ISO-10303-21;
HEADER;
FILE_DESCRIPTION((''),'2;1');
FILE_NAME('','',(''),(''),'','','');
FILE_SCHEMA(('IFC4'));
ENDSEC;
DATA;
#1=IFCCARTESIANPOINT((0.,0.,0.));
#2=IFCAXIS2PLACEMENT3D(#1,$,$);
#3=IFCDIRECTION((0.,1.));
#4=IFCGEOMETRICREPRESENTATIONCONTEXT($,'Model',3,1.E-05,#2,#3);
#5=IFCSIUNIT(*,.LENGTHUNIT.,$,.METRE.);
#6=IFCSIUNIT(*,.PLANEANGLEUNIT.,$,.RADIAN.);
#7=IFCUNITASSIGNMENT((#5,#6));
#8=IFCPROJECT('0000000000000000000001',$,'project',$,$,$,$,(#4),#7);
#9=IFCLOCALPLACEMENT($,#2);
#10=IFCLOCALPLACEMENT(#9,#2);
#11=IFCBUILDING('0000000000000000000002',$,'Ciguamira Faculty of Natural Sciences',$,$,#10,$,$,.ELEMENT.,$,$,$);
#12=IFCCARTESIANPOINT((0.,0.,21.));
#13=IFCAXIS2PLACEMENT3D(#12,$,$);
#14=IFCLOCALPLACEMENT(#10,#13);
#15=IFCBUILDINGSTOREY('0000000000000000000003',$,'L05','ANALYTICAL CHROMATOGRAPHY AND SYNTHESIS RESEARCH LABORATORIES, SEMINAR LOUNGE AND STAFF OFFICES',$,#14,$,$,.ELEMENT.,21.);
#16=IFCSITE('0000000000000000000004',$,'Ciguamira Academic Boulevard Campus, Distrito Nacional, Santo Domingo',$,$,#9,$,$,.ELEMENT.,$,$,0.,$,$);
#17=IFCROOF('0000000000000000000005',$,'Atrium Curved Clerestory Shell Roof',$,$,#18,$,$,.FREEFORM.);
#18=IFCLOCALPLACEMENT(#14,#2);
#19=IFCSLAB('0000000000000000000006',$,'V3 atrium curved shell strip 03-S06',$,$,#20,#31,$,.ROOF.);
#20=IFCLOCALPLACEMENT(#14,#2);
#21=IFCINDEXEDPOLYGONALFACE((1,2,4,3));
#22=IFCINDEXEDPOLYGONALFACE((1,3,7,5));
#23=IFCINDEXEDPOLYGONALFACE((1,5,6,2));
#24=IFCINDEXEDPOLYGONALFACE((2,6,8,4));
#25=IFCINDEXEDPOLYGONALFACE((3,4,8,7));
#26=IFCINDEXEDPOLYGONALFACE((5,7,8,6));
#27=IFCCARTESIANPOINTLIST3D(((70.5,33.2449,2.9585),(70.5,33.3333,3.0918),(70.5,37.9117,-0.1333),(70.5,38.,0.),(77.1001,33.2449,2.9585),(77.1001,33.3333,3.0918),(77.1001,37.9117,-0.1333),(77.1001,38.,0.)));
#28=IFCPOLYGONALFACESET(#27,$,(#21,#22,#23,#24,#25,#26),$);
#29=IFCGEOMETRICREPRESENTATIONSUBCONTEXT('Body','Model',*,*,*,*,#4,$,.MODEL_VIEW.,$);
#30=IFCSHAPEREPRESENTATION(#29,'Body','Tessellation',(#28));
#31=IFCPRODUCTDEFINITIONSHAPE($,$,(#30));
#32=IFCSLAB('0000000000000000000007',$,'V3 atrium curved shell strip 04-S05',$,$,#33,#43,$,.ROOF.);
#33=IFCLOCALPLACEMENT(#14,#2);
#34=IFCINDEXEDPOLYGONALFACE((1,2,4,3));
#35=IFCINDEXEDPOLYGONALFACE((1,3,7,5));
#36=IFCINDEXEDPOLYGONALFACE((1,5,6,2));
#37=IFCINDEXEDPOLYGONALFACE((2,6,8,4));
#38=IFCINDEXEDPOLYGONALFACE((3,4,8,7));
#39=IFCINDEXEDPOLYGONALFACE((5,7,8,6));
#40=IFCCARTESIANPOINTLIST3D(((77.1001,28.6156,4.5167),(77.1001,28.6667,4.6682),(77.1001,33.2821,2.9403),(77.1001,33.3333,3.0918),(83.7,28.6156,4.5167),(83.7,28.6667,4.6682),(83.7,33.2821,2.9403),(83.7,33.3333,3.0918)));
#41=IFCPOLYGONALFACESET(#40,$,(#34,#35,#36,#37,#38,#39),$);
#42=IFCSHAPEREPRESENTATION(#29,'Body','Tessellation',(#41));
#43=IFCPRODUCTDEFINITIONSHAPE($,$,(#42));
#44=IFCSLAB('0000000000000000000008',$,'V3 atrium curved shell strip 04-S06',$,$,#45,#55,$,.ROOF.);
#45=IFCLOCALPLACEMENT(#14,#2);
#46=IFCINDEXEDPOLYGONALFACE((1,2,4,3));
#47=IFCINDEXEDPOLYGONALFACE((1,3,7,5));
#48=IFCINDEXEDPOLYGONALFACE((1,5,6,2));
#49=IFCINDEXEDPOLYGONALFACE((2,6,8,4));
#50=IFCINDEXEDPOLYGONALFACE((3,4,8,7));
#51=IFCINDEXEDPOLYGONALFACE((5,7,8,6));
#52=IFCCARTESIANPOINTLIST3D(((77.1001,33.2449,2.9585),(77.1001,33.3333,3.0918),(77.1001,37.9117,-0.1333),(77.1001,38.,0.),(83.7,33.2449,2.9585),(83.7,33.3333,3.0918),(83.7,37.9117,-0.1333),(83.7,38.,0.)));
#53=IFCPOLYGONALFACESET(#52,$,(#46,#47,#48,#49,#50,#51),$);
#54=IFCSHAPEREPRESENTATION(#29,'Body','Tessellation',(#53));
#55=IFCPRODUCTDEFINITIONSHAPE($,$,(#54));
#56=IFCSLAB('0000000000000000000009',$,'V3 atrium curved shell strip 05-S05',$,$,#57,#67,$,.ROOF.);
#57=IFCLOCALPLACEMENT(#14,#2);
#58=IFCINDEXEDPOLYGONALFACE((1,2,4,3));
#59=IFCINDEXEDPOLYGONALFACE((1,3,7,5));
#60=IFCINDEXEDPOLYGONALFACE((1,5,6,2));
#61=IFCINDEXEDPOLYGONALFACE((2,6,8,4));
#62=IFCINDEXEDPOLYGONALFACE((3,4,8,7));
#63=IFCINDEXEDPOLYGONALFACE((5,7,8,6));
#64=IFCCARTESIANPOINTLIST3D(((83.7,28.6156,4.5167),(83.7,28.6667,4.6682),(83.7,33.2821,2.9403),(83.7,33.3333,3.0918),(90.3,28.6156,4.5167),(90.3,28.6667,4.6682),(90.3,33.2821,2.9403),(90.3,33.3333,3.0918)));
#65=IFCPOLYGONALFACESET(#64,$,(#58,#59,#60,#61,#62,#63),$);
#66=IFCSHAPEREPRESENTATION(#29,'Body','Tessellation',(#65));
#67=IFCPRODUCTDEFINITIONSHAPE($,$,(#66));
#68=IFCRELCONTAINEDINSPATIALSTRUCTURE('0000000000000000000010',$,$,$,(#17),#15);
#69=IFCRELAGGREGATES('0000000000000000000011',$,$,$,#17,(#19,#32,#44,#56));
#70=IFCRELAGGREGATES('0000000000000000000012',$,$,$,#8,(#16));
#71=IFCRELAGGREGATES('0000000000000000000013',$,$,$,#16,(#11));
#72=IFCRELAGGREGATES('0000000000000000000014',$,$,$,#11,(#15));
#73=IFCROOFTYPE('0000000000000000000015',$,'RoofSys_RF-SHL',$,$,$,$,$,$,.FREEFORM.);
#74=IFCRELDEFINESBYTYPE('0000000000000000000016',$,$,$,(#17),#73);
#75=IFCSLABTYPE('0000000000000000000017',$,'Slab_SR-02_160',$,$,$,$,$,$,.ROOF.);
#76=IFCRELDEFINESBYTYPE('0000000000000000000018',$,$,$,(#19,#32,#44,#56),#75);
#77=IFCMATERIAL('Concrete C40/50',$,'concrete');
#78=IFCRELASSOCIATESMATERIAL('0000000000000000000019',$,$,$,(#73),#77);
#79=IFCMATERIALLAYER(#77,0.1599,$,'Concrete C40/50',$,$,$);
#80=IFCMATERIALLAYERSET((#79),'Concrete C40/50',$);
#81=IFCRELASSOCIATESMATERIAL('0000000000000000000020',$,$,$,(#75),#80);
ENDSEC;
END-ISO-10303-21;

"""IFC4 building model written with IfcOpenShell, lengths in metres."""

from ifc_helpers import new_model, si_unit, direction, frame, origin, place, context, subcontext, project, spatial, polyline, outline, extrude, material, layer, layer_set, type_object, element, aggregate, save


model = new_model("IFC4")

# Units and contexts
model_context = context("Model", 3, precision=1e-05, world=origin(), true_north=direction((0.0, 1.0)))
body_context = subcontext(model_context, "Body", "Model", "MODEL_VIEW")
ifc_project = project(units=[si_unit("LENGTHUNIT", "METRE"), si_unit("PLANEANGLEUNIT", "RADIAN")], contexts=[model_context])

# Site, building, storey
site_placement = place(None, origin())
site = spatial("IfcSite", under=ifc_project, at=site_placement, Name="Ciguamira Academic Boulevard Campus, Distrito Nacional, Santo Domingo", CompositionType="ELEMENT", RefElevation=0.0)
building_placement = place(site_placement, origin())
building = spatial("IfcBuilding", under=site, at=building_placement, Name="Ciguamira Faculty of Natural Sciences", CompositionType="ELEMENT")
storey_placement = place(building_placement, frame((0.0, 0.0, 21.0)))
storey = spatial("IfcBuildingStorey", under=building, at=storey_placement, Name="L05", Description="ANALYTICAL CHROMATOGRAPHY AND SYNTHESIS RESEARCH LABORATORIES, SEMINAR LOUNGE AND STAFF OFFICES", CompositionType="ELEMENT", Elevation=21.0)

# Roof, slabs
ifc_material_1 = material(Name="Concrete C40/50", Category="concrete")
roof_type = type_object("IfcRoofType", Name="RoofSys_RF-SHL", PredefinedType="FREEFORM", material=ifc_material_1)
roof_placement = place(storey_placement, origin())
roof = element("IfcRoof", 1, at=roof_placement, inside=storey, type_object=roof_type, Name="Atrium Curved Clerestory Shell Roof", PredefinedType="FREEFORM")
ifc_layer_1 = layer(ifc_material_1, 0.1599, Name="Concrete C40/50")
ifc_layer_set_1 = layer_set([ifc_layer_1], Name="Concrete C40/50")
slab_type = type_object("IfcSlabType", Name="Slab_SR-02_160", PredefinedType="ROOF", material=ifc_layer_set_1)
slab_1_placement = place(storey_placement, frame((70.5, 33.3333, 3.0918), z_axis=(0.0, 0.552303, 0.833644), x_axis=(1.0, 0.0, 0.0)))
slab_1 = element("IfcSlab", 2, at=slab_1_placement, type_object=slab_type, Name="V3 atrium curved shell strip 03-S06", PredefinedType="ROOF", context=body_context, shape_type="SweptSolid", body=[
    extrude(outline(polyline([(0.0, 0.0), (6.6001, 0.0), (6.6001, 5.598), (0.0, 5.598), (0.0, 0.0)])), origin(), (0.0, 0.0, -1.0), 0.1599),
])
slab_2_placement = place(storey_placement, frame((77.1001, 28.6667, 4.6682), z_axis=(0.0, 0.320047, 0.947402), x_axis=(1.0, 0.0, 0.0)))
slab_2 = element("IfcSlab", 3, at=slab_2_placement, type_object=slab_type, Name="V3 atrium curved shell strip 04-S05", PredefinedType="ROOF", context=body_context, shape_type="SweptSolid", body=[
    extrude(outline(polyline([(0.0, 0.0), (6.5999, 0.0), (6.5999, 4.9256), (0.0, 4.9256), (0.0, 0.0)])), origin(), (0.0, 0.0, -1.0), 0.1599),
])
slab_3_placement = place(storey_placement, frame((77.1001, 33.3333, 3.0918), z_axis=(0.0, 0.552303, 0.833644), x_axis=(1.0, 0.0, 0.0)))
slab_3 = element("IfcSlab", 4, at=slab_3_placement, type_object=slab_type, Name="V3 atrium curved shell strip 04-S06", PredefinedType="ROOF", context=body_context, shape_type="SweptSolid", body=[
    extrude(outline(polyline([(0.0, 0.0), (6.5999, 0.0), (6.5999, 5.598), (0.0, 5.598), (0.0, 0.0)])), origin(), (0.0, 0.0, -1.0), 0.1599),
])
slab_4_placement = place(storey_placement, frame((83.7, 28.6667, 4.6682), z_axis=(0.0, 0.320047, 0.947402), x_axis=(1.0, 0.0, 0.0)))
slab_4 = element("IfcSlab", 5, at=slab_4_placement, type_object=slab_type, Name="V3 atrium curved shell strip 05-S05", PredefinedType="ROOF", context=body_context, shape_type="SweptSolid", body=[
    extrude(outline(polyline([(0.0, 0.0), (6.6001, 0.0), (6.6001, 4.9256), (0.0, 4.9256), (0.0, 0.0)])), origin(), (0.0, 0.0, -1.0), 0.1599),
])
aggregate(roof, [slab_1, slab_2, slab_3, slab_4])

save(model, "model.ifc")
